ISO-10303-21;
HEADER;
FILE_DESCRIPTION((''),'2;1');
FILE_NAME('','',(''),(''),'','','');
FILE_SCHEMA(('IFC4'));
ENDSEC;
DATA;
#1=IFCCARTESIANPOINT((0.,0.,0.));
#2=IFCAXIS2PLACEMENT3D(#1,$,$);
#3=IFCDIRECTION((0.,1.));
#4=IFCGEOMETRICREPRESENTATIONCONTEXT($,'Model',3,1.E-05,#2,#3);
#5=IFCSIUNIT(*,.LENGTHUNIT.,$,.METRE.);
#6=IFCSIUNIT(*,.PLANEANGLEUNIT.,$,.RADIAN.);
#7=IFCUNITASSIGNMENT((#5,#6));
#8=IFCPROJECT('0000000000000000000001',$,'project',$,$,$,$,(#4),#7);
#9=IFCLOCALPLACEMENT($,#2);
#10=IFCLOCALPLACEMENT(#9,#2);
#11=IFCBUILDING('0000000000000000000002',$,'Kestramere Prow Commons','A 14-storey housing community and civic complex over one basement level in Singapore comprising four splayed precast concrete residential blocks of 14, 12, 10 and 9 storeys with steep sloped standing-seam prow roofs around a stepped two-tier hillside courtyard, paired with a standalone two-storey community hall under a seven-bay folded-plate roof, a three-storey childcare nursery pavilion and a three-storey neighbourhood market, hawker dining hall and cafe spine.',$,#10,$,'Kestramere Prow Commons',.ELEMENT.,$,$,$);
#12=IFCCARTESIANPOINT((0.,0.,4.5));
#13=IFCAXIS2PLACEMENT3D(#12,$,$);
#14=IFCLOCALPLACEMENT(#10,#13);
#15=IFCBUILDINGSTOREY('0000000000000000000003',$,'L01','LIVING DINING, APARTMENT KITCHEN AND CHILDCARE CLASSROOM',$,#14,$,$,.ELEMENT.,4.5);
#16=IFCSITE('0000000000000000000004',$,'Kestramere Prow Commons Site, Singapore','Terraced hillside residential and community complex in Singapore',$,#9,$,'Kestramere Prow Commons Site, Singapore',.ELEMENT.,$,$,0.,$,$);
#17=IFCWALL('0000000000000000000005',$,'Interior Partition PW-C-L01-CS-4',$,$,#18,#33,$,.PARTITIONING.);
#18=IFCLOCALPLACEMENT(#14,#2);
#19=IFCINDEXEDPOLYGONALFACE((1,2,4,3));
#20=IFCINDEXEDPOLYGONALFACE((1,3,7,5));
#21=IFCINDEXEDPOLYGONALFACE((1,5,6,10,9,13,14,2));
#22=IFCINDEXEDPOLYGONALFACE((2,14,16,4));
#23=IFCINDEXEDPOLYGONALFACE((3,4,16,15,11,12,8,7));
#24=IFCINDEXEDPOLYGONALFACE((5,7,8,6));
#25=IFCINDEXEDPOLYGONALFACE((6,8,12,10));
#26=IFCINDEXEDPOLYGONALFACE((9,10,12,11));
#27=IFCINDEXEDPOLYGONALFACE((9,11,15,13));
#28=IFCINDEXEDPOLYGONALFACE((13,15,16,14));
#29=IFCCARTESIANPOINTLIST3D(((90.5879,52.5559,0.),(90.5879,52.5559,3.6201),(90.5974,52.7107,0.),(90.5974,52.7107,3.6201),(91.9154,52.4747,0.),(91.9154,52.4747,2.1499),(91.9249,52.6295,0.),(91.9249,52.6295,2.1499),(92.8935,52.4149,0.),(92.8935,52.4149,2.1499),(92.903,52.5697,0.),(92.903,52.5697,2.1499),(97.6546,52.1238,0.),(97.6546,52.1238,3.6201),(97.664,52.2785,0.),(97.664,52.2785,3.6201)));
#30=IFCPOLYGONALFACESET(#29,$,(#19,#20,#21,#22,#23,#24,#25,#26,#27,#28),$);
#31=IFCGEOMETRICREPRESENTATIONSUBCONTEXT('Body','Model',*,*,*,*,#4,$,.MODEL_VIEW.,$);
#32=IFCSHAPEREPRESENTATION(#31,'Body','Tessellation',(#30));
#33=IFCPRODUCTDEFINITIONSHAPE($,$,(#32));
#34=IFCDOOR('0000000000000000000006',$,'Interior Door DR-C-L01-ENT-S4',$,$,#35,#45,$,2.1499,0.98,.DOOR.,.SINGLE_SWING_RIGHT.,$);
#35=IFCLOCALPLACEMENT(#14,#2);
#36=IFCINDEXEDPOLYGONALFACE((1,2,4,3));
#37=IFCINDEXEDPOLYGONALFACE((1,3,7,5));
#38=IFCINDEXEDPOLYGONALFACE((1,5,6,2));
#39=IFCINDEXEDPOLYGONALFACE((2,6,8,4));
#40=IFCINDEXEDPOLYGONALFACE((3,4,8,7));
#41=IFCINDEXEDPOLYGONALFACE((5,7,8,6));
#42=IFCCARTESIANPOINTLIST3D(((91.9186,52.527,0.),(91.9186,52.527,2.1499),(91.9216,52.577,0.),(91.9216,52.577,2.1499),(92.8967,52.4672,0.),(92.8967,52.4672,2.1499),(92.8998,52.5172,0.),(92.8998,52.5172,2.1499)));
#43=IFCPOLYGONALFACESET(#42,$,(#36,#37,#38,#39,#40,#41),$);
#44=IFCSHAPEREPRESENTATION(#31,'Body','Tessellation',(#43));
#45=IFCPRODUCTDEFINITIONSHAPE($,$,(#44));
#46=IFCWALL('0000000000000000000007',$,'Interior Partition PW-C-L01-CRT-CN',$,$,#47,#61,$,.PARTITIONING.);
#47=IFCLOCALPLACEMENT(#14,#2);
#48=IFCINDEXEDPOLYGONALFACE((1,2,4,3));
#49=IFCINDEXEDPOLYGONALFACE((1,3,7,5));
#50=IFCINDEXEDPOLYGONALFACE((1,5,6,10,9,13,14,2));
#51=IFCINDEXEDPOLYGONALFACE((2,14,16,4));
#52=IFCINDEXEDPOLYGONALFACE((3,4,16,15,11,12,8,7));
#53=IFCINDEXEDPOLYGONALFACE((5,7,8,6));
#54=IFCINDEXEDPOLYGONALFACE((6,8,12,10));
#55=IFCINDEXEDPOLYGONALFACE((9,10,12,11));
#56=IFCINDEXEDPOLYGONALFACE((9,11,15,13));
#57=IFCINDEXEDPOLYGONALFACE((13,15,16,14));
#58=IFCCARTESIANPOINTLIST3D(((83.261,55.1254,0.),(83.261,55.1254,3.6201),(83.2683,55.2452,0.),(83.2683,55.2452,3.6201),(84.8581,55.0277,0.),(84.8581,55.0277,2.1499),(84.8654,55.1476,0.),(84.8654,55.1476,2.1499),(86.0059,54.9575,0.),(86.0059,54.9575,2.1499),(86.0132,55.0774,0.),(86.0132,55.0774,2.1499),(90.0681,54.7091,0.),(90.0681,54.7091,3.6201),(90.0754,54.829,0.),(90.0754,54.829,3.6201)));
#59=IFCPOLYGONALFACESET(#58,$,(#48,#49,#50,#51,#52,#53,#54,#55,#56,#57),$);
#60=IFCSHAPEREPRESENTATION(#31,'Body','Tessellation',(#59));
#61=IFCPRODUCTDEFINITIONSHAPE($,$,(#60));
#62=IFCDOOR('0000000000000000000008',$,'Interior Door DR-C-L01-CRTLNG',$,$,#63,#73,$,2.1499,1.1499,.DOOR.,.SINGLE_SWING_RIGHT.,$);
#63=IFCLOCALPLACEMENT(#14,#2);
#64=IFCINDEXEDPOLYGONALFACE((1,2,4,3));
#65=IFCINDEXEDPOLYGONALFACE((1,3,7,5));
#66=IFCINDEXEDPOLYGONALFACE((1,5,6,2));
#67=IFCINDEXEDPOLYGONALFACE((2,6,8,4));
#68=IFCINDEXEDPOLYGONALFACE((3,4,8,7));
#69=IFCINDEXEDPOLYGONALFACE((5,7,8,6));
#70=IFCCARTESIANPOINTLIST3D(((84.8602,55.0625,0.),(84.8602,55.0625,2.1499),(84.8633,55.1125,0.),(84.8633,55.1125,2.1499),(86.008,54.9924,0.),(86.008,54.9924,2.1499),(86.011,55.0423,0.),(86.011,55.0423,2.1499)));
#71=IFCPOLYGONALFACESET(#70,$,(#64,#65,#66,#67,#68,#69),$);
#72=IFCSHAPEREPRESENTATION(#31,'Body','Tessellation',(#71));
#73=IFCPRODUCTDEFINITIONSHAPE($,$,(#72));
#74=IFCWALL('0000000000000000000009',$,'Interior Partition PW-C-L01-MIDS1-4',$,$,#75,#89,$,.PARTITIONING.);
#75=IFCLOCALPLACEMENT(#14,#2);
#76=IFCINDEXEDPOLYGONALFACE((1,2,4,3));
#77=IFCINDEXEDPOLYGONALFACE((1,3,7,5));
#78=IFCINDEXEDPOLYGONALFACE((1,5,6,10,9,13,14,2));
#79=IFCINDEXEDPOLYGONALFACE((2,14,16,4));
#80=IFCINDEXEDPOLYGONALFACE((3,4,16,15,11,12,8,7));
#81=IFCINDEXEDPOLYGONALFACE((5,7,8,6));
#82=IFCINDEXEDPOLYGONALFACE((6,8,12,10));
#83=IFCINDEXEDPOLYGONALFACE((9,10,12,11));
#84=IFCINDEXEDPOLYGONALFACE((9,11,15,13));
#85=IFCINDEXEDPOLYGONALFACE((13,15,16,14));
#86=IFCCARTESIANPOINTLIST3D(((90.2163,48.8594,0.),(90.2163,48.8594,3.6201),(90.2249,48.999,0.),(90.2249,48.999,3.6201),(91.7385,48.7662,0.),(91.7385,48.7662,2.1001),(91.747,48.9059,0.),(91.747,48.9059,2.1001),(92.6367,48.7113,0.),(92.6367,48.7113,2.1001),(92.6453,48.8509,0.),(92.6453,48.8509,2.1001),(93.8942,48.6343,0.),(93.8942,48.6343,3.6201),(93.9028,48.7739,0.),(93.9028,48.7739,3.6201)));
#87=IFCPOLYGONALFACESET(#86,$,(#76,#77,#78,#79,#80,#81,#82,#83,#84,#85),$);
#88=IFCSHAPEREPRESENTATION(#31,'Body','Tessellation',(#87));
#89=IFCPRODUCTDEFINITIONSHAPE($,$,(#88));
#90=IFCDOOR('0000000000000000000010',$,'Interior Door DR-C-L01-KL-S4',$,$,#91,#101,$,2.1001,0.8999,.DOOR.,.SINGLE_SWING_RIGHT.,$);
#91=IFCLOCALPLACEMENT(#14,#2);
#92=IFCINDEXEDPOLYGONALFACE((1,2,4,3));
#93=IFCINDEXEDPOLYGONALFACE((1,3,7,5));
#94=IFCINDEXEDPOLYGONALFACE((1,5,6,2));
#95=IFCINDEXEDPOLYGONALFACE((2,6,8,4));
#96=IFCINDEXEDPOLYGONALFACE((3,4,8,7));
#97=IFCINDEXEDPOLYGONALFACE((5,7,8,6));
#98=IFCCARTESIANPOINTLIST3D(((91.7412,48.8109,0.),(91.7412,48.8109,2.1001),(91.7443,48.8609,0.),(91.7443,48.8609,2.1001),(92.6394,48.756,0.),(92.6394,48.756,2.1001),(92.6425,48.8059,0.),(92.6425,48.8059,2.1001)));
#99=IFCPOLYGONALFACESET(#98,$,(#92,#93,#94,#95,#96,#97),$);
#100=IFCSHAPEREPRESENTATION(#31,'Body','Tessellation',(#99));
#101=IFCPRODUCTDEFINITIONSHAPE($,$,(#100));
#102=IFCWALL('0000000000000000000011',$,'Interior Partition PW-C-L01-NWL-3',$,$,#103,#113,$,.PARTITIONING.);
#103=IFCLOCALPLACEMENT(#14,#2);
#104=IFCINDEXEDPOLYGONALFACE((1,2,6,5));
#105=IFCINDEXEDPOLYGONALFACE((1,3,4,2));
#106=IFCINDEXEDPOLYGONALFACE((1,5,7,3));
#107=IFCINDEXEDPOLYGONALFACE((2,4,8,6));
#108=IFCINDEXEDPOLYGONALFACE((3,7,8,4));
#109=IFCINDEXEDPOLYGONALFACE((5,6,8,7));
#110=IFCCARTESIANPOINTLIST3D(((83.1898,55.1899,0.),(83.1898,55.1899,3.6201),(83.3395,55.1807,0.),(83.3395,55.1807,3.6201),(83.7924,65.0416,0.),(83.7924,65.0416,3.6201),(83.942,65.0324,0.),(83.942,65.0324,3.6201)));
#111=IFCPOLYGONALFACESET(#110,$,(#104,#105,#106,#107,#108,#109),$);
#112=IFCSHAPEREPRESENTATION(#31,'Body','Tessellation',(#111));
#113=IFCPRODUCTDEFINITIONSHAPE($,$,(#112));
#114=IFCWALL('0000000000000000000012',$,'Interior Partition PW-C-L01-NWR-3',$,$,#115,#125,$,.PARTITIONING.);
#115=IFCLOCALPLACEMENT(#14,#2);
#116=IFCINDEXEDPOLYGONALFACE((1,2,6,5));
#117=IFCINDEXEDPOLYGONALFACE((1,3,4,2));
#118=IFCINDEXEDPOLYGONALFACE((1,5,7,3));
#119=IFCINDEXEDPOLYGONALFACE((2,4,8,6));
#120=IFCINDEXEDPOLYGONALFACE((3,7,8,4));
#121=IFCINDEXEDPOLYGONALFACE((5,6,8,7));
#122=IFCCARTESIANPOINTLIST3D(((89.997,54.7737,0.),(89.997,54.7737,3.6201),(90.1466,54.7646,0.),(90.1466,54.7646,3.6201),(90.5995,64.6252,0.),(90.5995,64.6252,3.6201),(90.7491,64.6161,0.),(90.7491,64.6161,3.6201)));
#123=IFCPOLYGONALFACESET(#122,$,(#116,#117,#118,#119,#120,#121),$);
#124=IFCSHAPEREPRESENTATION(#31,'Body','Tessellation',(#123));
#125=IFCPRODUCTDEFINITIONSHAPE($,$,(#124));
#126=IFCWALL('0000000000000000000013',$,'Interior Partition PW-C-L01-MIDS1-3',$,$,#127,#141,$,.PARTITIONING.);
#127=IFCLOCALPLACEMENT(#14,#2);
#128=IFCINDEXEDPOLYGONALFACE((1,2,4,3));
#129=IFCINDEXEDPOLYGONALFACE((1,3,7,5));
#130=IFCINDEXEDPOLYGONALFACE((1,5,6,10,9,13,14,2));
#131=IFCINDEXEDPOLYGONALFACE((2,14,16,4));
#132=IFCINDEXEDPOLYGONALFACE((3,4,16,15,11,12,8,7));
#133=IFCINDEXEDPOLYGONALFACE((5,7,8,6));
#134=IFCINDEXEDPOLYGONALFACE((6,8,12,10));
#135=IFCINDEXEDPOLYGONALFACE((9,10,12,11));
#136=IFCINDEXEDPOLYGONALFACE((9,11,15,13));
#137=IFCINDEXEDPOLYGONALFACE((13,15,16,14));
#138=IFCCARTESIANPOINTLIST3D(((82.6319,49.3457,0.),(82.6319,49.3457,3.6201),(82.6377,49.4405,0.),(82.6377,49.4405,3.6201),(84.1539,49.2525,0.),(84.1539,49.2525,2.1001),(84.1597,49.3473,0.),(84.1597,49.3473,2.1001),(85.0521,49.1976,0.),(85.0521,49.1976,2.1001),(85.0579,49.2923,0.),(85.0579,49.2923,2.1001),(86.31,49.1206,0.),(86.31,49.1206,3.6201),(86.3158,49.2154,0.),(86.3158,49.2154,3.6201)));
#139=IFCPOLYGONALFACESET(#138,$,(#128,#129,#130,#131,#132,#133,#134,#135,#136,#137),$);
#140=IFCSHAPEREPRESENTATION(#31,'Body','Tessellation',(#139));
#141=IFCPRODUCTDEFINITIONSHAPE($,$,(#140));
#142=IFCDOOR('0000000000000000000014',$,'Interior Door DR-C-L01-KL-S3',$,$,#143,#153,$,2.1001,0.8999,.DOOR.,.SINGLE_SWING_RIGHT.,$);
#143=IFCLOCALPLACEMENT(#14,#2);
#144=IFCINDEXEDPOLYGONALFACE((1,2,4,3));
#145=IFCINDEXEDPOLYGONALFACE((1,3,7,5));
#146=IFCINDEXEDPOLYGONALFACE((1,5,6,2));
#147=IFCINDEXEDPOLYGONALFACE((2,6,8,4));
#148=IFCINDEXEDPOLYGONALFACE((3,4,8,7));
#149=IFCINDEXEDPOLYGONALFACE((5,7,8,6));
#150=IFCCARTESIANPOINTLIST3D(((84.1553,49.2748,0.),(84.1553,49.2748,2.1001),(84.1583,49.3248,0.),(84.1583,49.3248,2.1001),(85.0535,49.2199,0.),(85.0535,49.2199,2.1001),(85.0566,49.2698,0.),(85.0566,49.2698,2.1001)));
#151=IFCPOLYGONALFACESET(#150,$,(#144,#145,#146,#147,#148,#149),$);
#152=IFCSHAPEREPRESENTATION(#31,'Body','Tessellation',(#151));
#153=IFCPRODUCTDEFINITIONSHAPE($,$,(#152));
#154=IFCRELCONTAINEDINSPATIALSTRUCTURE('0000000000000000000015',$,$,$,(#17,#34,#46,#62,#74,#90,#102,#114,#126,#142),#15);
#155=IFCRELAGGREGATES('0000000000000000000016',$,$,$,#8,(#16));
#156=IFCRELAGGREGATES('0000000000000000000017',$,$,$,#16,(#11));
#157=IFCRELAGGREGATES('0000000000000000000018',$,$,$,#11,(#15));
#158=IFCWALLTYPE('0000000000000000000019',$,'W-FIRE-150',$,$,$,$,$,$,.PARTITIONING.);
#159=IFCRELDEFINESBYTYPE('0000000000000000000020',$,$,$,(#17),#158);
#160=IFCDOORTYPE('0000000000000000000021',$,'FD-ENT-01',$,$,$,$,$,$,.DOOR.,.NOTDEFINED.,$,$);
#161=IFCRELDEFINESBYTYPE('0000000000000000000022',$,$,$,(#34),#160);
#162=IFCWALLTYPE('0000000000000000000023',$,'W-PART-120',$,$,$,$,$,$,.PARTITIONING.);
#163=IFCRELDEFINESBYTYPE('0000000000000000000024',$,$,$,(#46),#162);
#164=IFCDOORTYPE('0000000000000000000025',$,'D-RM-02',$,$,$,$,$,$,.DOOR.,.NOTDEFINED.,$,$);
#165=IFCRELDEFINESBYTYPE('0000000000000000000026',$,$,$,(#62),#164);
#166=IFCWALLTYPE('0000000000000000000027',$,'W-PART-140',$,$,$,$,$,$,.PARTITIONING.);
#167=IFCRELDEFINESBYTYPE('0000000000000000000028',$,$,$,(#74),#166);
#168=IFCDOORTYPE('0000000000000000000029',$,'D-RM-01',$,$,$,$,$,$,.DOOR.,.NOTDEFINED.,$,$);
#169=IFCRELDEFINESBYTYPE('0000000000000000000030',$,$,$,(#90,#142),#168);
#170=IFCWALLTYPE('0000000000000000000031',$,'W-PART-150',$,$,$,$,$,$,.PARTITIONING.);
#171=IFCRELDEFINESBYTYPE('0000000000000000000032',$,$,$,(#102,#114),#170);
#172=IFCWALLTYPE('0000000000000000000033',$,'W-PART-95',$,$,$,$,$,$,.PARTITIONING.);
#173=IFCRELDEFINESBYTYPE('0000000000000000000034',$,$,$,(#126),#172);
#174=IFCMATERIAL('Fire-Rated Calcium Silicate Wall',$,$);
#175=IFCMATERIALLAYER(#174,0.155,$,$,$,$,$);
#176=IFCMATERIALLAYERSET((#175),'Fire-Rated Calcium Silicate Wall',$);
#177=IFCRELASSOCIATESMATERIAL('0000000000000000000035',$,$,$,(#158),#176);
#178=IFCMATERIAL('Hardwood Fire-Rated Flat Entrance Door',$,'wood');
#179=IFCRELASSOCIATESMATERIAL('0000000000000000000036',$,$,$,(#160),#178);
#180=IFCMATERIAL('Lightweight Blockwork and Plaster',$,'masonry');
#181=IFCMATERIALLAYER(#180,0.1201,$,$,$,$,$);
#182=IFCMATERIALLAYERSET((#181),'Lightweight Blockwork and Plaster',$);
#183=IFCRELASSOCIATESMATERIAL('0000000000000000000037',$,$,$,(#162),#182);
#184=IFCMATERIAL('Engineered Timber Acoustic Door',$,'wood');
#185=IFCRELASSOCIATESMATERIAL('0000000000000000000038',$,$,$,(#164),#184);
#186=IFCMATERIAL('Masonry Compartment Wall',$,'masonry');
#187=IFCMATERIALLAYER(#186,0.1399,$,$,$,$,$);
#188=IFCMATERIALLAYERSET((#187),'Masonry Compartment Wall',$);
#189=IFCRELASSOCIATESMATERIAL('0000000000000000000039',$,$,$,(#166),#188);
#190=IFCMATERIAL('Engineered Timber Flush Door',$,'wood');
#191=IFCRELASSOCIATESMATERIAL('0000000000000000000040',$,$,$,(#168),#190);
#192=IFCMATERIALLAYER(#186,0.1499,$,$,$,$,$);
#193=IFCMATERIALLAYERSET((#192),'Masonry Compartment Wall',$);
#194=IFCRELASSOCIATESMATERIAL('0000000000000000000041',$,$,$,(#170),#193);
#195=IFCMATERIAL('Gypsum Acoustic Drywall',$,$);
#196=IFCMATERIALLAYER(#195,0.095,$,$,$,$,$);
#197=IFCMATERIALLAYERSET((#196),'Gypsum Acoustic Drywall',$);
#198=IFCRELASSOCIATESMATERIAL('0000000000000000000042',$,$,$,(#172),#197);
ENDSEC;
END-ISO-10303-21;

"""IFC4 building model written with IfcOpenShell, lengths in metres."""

from ifc_helpers import new_model, si_unit, direction, frame, frame_2d, origin, place, context, subcontext, project, spatial, rectangle, extrude, material, layer, layer_set, type_object, element, fill, save


model = new_model("IFC4")

# Units and contexts
model_context = context("Model", 3, precision=1e-05, world=origin(), true_north=direction((0.0, 1.0)))
body_context = subcontext(model_context, "Body", "Model", "MODEL_VIEW")
ifc_project = project(units=[si_unit("LENGTHUNIT", "METRE"), si_unit("PLANEANGLEUNIT", "RADIAN")], contexts=[model_context])

# Site, building, storey
site_placement = place(None, origin())
site = spatial("IfcSite", under=ifc_project, at=site_placement, Name="Kestramere Prow Commons Site, Singapore", Description="Terraced hillside residential and community complex in Singapore", LongName="Kestramere Prow Commons Site, Singapore", CompositionType="ELEMENT", RefElevation=0.0)
building_placement = place(site_placement, origin())
building = spatial("IfcBuilding", under=site, at=building_placement, Name="Kestramere Prow Commons", Description="A 14-storey housing community and civic complex over one basement level in Singapore comprising four splayed precast concrete residential blocks of 14, 12, 10 and 9 storeys with steep sloped standing-seam prow roofs around a stepped two-tier hillside courtyard, paired with a standalone two-storey community hall under a seven-bay folded-plate roof, a three-storey childcare nursery pavilion and a three-storey neighbourhood market, hawker dining hall and cafe spine.", LongName="Kestramere Prow Commons", CompositionType="ELEMENT")
storey_placement = place(building_placement, frame((0.0, 0.0, 4.5)))
storey = spatial("IfcBuildingStorey", under=building, at=storey_placement, Name="L01", Description="LIVING DINING, APARTMENT KITCHEN AND CHILDCARE CLASSROOM", CompositionType="ELEMENT", Elevation=4.5)

# Walls, openings, doors
ifc_material_1 = material(Name="Fire-Rated Calcium Silicate Wall")
ifc_layer_1 = layer(ifc_material_1, 0.155)
ifc_layer_set_1 = layer_set([ifc_layer_1], Name="Fire-Rated Calcium Silicate Wall")
wall_type_1 = type_object("IfcWallType", Name="W-FIRE-150", PredefinedType="PARTITIONING", material=ifc_layer_set_1)
ifc_material_2 = material(Name="Hardwood Fire-Rated Flat Entrance Door", Category="wood")
wall_1_placement = place(storey_placement, frame((90.5925, 52.6333, 0.0), z_axis=(0.0, 0.0, 1.0), x_axis=(0.998136, -0.061036, 0.0)))
wall_1 = element("IfcWall", 1, at=wall_1_placement, inside=storey, type_object=wall_type_1, Name="Interior Partition PW-C-L01-CS-4", PredefinedType="PARTITIONING", context=body_context, shape_type="SweptSolid", body=[
    extrude(rectangle(XDim=7.0798, YDim=0.155, at=frame_2d((3.54, 0.0))), origin(), (0.0, 0.0, 1.0), 3.6201),
])
opening_1_placement = place(wall_1_placement, frame((1.3301, 0.0, 0.0)))
opening_1 = element("IfcOpeningElement", 2, at=opening_1_placement, cuts=wall_1, PredefinedType="OPENING", context=body_context, shape_type="SweptSolid", body=[
    extrude(rectangle(XDim=0.98, YDim=2.1499, at=frame_2d((0.49, 1.075))), frame((0.0, 0.0925, 0.0), z_axis=(0.0, -1.0, 0.0), x_axis=(1.0, 0.0, 0.0)), (0.0, 0.0, 1.0), 0.1851),
])
door_type_1 = type_object("IfcDoorType", Name="FD-ENT-01", OperationType="NOTDEFINED", PredefinedType="DOOR", material=ifc_material_2)
door_1_placement = place(opening_1_placement, origin())
door_1 = element("IfcDoor", 3, at=door_1_placement, inside=storey, type_object=door_type_1, Name="Interior Door DR-C-L01-ENT-S4", OperationType="SINGLE_SWING_RIGHT", OverallHeight=2.1499, OverallWidth=0.98, PredefinedType="DOOR", context=body_context, shape_type="SweptSolid", body=[
    extrude(rectangle(XDim=0.98, YDim=2.1499, at=frame_2d((0.49, 1.075))), frame((0.0, 0.0249, 0.0), z_axis=(0.0, -1.0, 0.0), x_axis=(1.0, 0.0, 0.0)), (0.0, 0.0, 1.0), 0.05),
])
fill(opening_1, door_1)
ifc_material_3 = material(Name="Lightweight Blockwork and Plaster", Category="masonry")
ifc_layer_2 = layer(ifc_material_3, 0.1201)
ifc_layer_set_2 = layer_set([ifc_layer_2], Name="Lightweight Blockwork and Plaster")
wall_type_2 = type_object("IfcWallType", Name="W-PART-120", PredefinedType="PARTITIONING", material=ifc_layer_set_2)
wall_2_placement = place(storey_placement, frame((83.2646, 55.1853, 0.0), z_axis=(0.0, 0.0, 1.0), x_axis=(0.998136, -0.061037, 0.0)))
wall_2 = element("IfcWall", 4, at=wall_2_placement, inside=storey, type_object=wall_type_2, Name="Interior Partition PW-C-L01-CRT-CN", PredefinedType="PARTITIONING", context=body_context, shape_type="SweptSolid", body=[
    extrude(rectangle(XDim=6.8198, YDim=0.1201, at=frame_2d((3.4099, 0.0))), origin(), (0.0, 0.0, 1.0), 3.6201),
])
opening_2_placement = place(wall_2_placement, frame((1.6001, 0.0, 0.0)))
opening_2 = element("IfcOpeningElement", 5, at=opening_2_placement, cuts=wall_2, PredefinedType="OPENING", context=body_context, shape_type="SweptSolid", body=[
    extrude(rectangle(XDim=1.1499, YDim=2.1499, at=frame_2d((0.575, 1.075))), frame((0.0, 0.075, 0.0), z_axis=(0.0, -1.0, 0.0), x_axis=(1.0, 0.0, 0.0)), (0.0, 0.0, 1.0), 0.1501),
])
ifc_material_4 = material(Name="Engineered Timber Acoustic Door", Category="wood")
door_type_2 = type_object("IfcDoorType", Name="D-RM-02", OperationType="NOTDEFINED", PredefinedType="DOOR", material=ifc_material_4)
door_2_placement = place(opening_2_placement, origin())
door_2 = element("IfcDoor", 6, at=door_2_placement, inside=storey, type_object=door_type_2, Name="Interior Door DR-C-L01-CRTLNG", OperationType="SINGLE_SWING_RIGHT", OverallHeight=2.1499, OverallWidth=1.1499, PredefinedType="DOOR", context=body_context, shape_type="SweptSolid", body=[
    extrude(rectangle(XDim=1.1499, YDim=2.1499, at=frame_2d((0.575, 1.075))), frame((0.0, 0.0249, 0.0), z_axis=(0.0, -1.0, 0.0), x_axis=(1.0, 0.0, 0.0)), (0.0, 0.0, 1.0), 0.05),
])
fill(opening_2, door_2)
ifc_material_5 = material(Name="Masonry Compartment Wall", Category="masonry")
ifc_layer_3 = layer(ifc_material_5, 0.1399)
ifc_layer_set_3 = layer_set([ifc_layer_3], Name="Masonry Compartment Wall")
wall_type_3 = type_object("IfcWallType", Name="W-PART-140", PredefinedType="PARTITIONING", material=ifc_layer_set_3)
wall_3_placement = place(storey_placement, frame((90.2207, 48.9292, 0.0), z_axis=(0.0, 0.0, 1.0), x_axis=(0.998132, -0.061087, 0.0)))
wall_3 = element("IfcWall", 7, at=wall_3_placement, inside=storey, type_object=wall_type_3, Name="Interior Partition PW-C-L01-MIDS1-4", PredefinedType="PARTITIONING", context=body_context, shape_type="SweptSolid", body=[
    extrude(rectangle(XDim=3.6848, YDim=0.1399, at=frame_2d((1.8423, 0.0))), origin(), (0.0, 0.0, 1.0), 3.6201),
])
opening_3_placement = place(wall_3_placement, frame((1.5249, 0.0, 0.0)))
opening_3 = element("IfcOpeningElement", 8, at=opening_3_placement, cuts=wall_3, PredefinedType="OPENING", context=body_context, shape_type="SweptSolid", body=[
    extrude(rectangle(XDim=0.8999, YDim=2.1001, at=frame_2d((0.45, 1.05))), frame((0.0, 0.085, 0.0), z_axis=(0.0, -1.0, 0.0), x_axis=(1.0, 0.0, 0.0)), (0.0, 0.0, 1.0), 0.1699),
])
ifc_material_6 = material(Name="Engineered Timber Flush Door", Category="wood")
door_type_3 = type_object("IfcDoorType", Name="D-RM-01", OperationType="NOTDEFINED", PredefinedType="DOOR", material=ifc_material_6)
door_3_placement = place(opening_3_placement, origin())
door_3 = element("IfcDoor", 9, at=door_3_placement, inside=storey, type_object=door_type_3, Name="Interior Door DR-C-L01-KL-S4", OperationType="SINGLE_SWING_RIGHT", OverallHeight=2.1001, OverallWidth=0.8999, PredefinedType="DOOR", context=body_context, shape_type="SweptSolid", body=[
    extrude(rectangle(XDim=0.8999, YDim=2.1001, at=frame_2d((0.45, 1.05))), frame((0.0, 0.0249, 0.0), z_axis=(0.0, -1.0, 0.0), x_axis=(1.0, 0.0, 0.0)), (0.0, 0.0, 1.0), 0.05),
])
fill(opening_3, door_3)

# Walls
ifc_layer_4 = layer(ifc_material_5, 0.1499)
ifc_layer_set_4 = layer_set([ifc_layer_4], Name="Masonry Compartment Wall")
wall_type_4 = type_object("IfcWallType", Name="W-PART-150", PredefinedType="PARTITIONING", material=ifc_layer_set_4)
wall_4_placement = place(storey_placement, frame((83.2646, 55.1853, 0.0), z_axis=(0.0, 0.0, 1.0), x_axis=(0.061046, 0.998135, 0.0)))
element("IfcWall", 10, at=wall_4_placement, inside=storey, type_object=wall_type_4, Name="Interior Partition PW-C-L01-NWL-3", PredefinedType="PARTITIONING", context=body_context, shape_type="SweptSolid", body=[
    extrude(rectangle(XDim=9.8701, YDim=0.1499, at=frame_2d((4.9351, 0.0))), origin(), (0.0, 0.0, 1.0), 3.6201),
])
wall_5_placement = place(storey_placement, frame((90.0718, 54.769, 0.0), z_axis=(0.0, 0.0, 1.0), x_axis=(0.061048, 0.998135, 0.0)))
element("IfcWall", 11, at=wall_5_placement, inside=storey, type_object=wall_type_4, Name="Interior Partition PW-C-L01-NWR-3", PredefinedType="PARTITIONING", context=body_context, shape_type="SweptSolid", body=[
    extrude(rectangle(XDim=9.8699, YDim=0.1499, at=frame_2d((4.9351, 0.0))), origin(), (0.0, 0.0, 1.0), 3.6201),
])

# Wall, opening, door
ifc_material_7 = material(Name="Gypsum Acoustic Drywall")
ifc_layer_5 = layer(ifc_material_7, 0.095)
ifc_layer_set_5 = layer_set([ifc_layer_5], Name="Gypsum Acoustic Drywall")
wall_type_5 = type_object("IfcWallType", Name="W-PART-95", PredefinedType="PARTITIONING", material=ifc_layer_set_5)
wall_6_placement = place(storey_placement, frame((82.6348, 49.3931, 0.0), z_axis=(0.0, 0.0, 1.0), x_axis=(0.998133, -0.061083, 0.0)))
wall_6 = element("IfcWall", 12, at=wall_6_placement, inside=storey, type_object=wall_type_5, Name="Interior Partition PW-C-L01-MIDS1-3", PredefinedType="PARTITIONING", context=body_context, shape_type="SweptSolid", body=[
    extrude(rectangle(XDim=3.6851, YDim=0.095, at=frame_2d((1.8425, 0.0))), origin(), (0.0, 0.0, 1.0), 3.6201),
])
opening_4_placement = place(wall_6_placement, frame((1.5249, 0.0, 0.0)))
opening_4 = element("IfcOpeningElement", 13, at=opening_4_placement, cuts=wall_6, PredefinedType="OPENING", context=body_context, shape_type="SweptSolid", body=[
    extrude(rectangle(XDim=0.8999, YDim=2.1001, at=frame_2d((0.45, 1.05))), frame((0.0, 0.0625, 0.0), z_axis=(0.0, -1.0, 0.0), x_axis=(1.0, 0.0, 0.0)), (0.0, 0.0, 1.0), 0.125),
])
door_4_placement = place(opening_4_placement, origin())
door_4 = element("IfcDoor", 14, at=door_4_placement, inside=storey, type_object=door_type_3, Name="Interior Door DR-C-L01-KL-S3", OperationType="SINGLE_SWING_RIGHT", OverallHeight=2.1001, OverallWidth=0.8999, PredefinedType="DOOR", context=body_context, shape_type="SweptSolid", body=[
    extrude(rectangle(XDim=0.8999, YDim=2.1001, at=frame_2d((0.45, 1.05))), frame((0.0, 0.0249, 0.0), z_axis=(0.0, -1.0, 0.0), x_axis=(1.0, 0.0, 0.0)), (0.0, 0.0, 1.0), 0.05),
])
fill(opening_4, door_4)

save(model, "model.ifc")
